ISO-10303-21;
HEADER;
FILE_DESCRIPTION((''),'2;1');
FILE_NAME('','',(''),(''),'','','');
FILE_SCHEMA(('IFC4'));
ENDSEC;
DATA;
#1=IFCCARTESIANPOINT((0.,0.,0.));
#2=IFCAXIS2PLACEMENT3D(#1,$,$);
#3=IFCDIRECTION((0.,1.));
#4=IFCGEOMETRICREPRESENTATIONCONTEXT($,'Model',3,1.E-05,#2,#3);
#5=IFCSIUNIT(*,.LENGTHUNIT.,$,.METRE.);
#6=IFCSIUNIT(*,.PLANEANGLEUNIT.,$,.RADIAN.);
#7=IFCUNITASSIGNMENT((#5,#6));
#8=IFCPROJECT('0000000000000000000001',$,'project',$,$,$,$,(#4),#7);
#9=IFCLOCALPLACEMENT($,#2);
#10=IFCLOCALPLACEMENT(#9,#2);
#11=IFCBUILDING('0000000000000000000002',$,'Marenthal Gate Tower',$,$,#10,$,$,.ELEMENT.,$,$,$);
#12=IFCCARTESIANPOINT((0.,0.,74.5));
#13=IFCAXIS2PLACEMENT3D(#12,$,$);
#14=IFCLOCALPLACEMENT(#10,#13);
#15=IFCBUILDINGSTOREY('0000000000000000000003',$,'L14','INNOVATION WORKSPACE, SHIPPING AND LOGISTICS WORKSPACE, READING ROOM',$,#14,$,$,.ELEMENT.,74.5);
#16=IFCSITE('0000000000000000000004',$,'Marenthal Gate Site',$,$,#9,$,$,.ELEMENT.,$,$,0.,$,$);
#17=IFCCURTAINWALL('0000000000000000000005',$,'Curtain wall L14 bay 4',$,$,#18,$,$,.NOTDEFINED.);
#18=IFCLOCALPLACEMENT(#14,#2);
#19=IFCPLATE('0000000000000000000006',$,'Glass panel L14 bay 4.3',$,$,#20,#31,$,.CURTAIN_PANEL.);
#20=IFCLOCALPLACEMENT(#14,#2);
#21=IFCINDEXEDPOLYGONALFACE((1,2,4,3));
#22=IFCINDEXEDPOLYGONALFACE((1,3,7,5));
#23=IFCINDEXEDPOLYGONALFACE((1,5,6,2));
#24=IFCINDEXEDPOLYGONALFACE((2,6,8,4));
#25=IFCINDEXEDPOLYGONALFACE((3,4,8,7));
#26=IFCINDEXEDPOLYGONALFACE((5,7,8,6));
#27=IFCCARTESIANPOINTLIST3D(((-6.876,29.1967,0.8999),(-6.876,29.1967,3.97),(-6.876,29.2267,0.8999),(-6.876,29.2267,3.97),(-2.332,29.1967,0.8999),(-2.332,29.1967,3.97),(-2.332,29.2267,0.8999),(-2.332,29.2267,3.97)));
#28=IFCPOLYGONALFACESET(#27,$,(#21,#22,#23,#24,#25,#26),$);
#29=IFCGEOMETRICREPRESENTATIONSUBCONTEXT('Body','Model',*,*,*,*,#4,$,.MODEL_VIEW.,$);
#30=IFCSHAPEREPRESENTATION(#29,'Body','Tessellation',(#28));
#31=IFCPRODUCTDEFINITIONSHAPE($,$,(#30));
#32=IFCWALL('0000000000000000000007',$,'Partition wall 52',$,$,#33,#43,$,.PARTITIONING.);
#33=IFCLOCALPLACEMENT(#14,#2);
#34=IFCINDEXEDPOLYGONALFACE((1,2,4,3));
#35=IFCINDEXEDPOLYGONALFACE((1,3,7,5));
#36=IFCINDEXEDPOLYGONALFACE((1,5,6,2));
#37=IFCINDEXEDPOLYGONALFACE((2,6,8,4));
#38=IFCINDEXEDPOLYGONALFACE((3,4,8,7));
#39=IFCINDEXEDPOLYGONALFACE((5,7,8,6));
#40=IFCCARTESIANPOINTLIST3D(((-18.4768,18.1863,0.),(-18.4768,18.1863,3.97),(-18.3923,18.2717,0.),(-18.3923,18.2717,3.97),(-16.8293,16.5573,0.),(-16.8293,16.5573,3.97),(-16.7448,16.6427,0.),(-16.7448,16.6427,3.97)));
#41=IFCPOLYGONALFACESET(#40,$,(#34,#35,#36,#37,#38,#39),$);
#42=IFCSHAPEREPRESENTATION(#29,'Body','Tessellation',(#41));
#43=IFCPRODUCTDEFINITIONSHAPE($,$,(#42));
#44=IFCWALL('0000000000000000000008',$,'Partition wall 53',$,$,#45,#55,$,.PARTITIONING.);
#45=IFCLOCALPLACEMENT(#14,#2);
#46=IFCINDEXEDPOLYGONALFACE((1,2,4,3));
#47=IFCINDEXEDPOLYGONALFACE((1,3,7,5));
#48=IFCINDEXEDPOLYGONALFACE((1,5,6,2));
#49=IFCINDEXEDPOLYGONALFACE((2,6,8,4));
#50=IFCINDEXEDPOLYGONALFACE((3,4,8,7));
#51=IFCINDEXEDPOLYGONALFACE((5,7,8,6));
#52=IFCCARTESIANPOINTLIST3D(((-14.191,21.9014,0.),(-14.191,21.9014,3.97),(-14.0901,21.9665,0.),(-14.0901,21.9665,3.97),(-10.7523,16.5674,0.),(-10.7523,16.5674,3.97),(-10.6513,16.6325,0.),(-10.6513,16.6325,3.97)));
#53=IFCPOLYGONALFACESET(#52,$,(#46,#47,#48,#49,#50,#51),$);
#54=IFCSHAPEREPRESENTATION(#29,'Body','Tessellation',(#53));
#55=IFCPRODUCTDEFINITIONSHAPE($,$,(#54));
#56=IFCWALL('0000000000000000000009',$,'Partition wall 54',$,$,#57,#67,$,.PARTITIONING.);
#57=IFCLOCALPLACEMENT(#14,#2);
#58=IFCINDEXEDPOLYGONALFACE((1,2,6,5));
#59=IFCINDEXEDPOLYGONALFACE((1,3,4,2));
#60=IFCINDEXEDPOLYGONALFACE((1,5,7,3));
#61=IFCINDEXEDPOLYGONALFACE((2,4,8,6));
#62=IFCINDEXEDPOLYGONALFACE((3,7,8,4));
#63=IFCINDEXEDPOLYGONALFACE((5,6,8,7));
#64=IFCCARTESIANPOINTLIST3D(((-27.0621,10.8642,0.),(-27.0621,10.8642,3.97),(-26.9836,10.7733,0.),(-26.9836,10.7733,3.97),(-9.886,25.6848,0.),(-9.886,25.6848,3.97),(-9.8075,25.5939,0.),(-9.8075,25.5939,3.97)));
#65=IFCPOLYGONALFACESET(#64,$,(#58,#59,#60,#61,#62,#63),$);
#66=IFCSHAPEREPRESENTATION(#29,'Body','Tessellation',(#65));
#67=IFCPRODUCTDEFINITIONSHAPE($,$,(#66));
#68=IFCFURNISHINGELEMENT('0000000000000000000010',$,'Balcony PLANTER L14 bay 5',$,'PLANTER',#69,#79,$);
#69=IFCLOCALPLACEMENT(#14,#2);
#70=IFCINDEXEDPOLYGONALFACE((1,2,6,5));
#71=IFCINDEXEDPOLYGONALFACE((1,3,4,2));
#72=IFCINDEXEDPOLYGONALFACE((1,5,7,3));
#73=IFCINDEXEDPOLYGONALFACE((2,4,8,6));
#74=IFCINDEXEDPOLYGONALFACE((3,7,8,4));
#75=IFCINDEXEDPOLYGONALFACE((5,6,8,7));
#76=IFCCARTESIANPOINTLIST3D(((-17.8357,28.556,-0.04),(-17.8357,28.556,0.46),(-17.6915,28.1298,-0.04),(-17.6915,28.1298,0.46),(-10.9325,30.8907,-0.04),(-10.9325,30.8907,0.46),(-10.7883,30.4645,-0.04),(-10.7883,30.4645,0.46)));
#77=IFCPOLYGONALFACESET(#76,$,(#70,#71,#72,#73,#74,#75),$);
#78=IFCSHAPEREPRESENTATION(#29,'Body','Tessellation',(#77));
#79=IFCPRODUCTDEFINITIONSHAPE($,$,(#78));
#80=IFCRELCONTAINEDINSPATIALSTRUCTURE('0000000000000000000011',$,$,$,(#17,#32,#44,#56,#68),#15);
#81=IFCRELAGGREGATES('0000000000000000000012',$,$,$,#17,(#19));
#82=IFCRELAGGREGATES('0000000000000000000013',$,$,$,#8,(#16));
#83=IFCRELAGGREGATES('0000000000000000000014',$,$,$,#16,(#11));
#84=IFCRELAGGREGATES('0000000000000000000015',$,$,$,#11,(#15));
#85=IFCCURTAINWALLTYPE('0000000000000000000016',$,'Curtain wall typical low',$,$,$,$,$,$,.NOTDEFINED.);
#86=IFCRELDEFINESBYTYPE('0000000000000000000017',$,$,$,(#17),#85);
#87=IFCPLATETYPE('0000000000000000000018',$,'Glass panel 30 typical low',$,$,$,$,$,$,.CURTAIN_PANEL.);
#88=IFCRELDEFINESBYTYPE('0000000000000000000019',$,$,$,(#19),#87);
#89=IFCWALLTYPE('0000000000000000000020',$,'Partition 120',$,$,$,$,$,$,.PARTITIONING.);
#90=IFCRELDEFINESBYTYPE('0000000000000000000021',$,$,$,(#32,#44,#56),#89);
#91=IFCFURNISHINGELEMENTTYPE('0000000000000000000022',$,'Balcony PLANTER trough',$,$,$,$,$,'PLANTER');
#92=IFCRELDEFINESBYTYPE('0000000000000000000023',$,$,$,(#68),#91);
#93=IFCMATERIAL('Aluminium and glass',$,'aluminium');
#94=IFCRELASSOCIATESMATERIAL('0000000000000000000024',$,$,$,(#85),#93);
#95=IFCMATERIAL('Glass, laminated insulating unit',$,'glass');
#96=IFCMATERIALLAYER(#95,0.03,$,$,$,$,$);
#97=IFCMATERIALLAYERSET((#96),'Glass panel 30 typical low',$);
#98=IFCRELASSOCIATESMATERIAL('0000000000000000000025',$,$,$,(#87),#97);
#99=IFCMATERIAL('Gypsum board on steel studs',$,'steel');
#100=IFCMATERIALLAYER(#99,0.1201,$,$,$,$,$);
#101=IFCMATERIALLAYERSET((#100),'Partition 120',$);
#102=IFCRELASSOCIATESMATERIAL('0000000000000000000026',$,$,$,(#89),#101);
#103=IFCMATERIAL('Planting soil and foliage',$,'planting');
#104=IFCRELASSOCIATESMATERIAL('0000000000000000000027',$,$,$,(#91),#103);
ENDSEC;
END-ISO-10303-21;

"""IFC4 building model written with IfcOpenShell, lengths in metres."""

from ifc_helpers import new_model, si_unit, direction, frame, frame_2d, origin, origin_2d, place, context, subcontext, project, spatial, rectangle, extrude, material, layer, layer_set, type_object, element, aggregate, save


model = new_model("IFC4")

# Units and contexts
model_context = context("Model", 3, precision=1e-05, world=origin(), true_north=direction((0.0, 1.0)))
body_context = subcontext(model_context, "Body", "Model", "MODEL_VIEW")
ifc_project = project(units=[si_unit("LENGTHUNIT", "METRE"), si_unit("PLANEANGLEUNIT", "RADIAN")], contexts=[model_context])

# Site, building, storey
site_placement = place(None, origin())
site = spatial("IfcSite", under=ifc_project, at=site_placement, Name="Marenthal Gate Site", CompositionType="ELEMENT", RefElevation=0.0)
building_placement = place(site_placement, origin())
building = spatial("IfcBuilding", under=site, at=building_placement, Name="Marenthal Gate Tower", CompositionType="ELEMENT")
storey_placement = place(building_placement, frame((0.0, 0.0, 74.5)))
storey = spatial("IfcBuildingStorey", under=building, at=storey_placement, Name="L14", Description="INNOVATION WORKSPACE, SHIPPING AND LOGISTICS WORKSPACE, READING ROOM", CompositionType="ELEMENT", Elevation=74.5)

# Curtain wall
ifc_material_1 = material(Name="Aluminium and glass", Category="aluminium")
curtain_wall_type = type_object("IfcCurtainWallType", Name="Curtain wall typical low", PredefinedType="NOTDEFINED", material=ifc_material_1)
curtain_wall_placement = place(storey_placement, origin())
curtain_wall = element("IfcCurtainWall", 1, at=curtain_wall_placement, inside=storey, type_object=curtain_wall_type, Name="Curtain wall L14 bay 4", PredefinedType="NOTDEFINED")

# Plate
ifc_material_2 = material(Name="Glass, laminated insulating unit", Category="glass")
ifc_layer_1 = layer(ifc_material_2, 0.03)
ifc_layer_set_1 = layer_set([ifc_layer_1], Name="Glass panel 30 typical low")
plate_type = type_object("IfcPlateType", Name="Glass panel 30 typical low", PredefinedType="CURTAIN_PANEL", material=ifc_layer_set_1)
plate_placement = place(storey_placement, frame((-4.604, 29.2117, 0.8999), z_axis=(0.0, 0.0, 1.0), x_axis=(-1.0, 0.0, 0.0)))
plate = element("IfcPlate", 2, at=plate_placement, type_object=plate_type, Name="Glass panel L14 bay 4.3", PredefinedType="CURTAIN_PANEL", context=body_context, shape_type="SweptSolid", body=[
    extrude(rectangle(XDim=4.5439, YDim=0.03, at=origin_2d()), origin(), (0.0, 0.0, 1.0), 3.0701),
])
aggregate(curtain_wall, [plate])

# Walls
ifc_material_3 = material(Name="Gypsum board on steel studs", Category="steel")
ifc_layer_2 = layer(ifc_material_3, 0.1201)
ifc_layer_set_2 = layer_set([ifc_layer_2], Name="Partition 120")
wall_type_1 = type_object("IfcWallType", Name="Partition 120", PredefinedType="PARTITIONING", material=ifc_layer_set_2)
wall_1_placement = place(storey_placement, frame((-18.4346, 18.229, 0.0), z_axis=(0.0, 0.0, 1.0), x_axis=(0.7111, -0.703091, 0.0)))
element("IfcWall", 3, at=wall_1_placement, inside=storey, type_object=wall_type_1, Name="Partition wall 52", PredefinedType="PARTITIONING", context=body_context, shape_type="SweptSolid", body=[
    extrude(rectangle(XDim=2.3169, YDim=0.1201, at=frame_2d((1.1584, 0.0))), origin(), (0.0, 0.0, 1.0), 3.97),
])
wall_2_placement = place(storey_placement, frame((-14.1406, 21.9341, 0.0), z_axis=(0.0, 0.0, 1.0), x_axis=(0.541842, -0.84048, 0.0)))
element("IfcWall", 4, at=wall_2_placement, inside=storey, type_object=wall_type_1, Name="Partition wall 53", PredefinedType="PARTITIONING", context=body_context, shape_type="SweptSolid", body=[
    extrude(rectangle(XDim=6.3464, YDim=0.1201, at=frame_2d((3.1733, 0.0))), origin(), (0.0, 0.0, 1.0), 3.97),
])
wall_3_placement = place(storey_placement, frame((-9.8467, 25.6394, 0.0), z_axis=(0.0, 0.0, 1.0), x_axis=(-0.757113, -0.653284, 0.0)))
element("IfcWall", 5, at=wall_3_placement, inside=storey, type_object=wall_type_1, Name="Partition wall 54", PredefinedType="PARTITIONING", context=body_context, shape_type="SweptSolid", body=[
    extrude(rectangle(XDim=22.6863, YDim=0.1201, at=frame_2d((11.3433, 0.0))), origin(), (0.0, 0.0, 1.0), 3.97),
])

# Furnishing element
ifc_material_4 = material(Name="Planting soil and foliage", Category="planting")
furnishing_element_type = type_object("IfcFurnishingElementType", Name="Balcony PLANTER trough", ElementType="PLANTER", material=ifc_material_4)
furnishing_placement = place(storey_placement, frame((-14.312, 29.5103, -0.04), z_axis=(0.0, 0.0, 1.0), x_axis=(-0.947289, -0.320381, 0.0)))
element("IfcFurnishingElement", 6, at=furnishing_placement, inside=storey, type_object=furnishing_element_type, Name="Balcony PLANTER L14 bay 5", ObjectType="PLANTER", context=body_context, shape_type="SweptSolid", body=[
    extrude(rectangle(XDim=7.2874, YDim=0.45, at=origin_2d()), origin(), (0.0, 0.0, 1.0), 0.5),
])

save(model, "model.ifc")
